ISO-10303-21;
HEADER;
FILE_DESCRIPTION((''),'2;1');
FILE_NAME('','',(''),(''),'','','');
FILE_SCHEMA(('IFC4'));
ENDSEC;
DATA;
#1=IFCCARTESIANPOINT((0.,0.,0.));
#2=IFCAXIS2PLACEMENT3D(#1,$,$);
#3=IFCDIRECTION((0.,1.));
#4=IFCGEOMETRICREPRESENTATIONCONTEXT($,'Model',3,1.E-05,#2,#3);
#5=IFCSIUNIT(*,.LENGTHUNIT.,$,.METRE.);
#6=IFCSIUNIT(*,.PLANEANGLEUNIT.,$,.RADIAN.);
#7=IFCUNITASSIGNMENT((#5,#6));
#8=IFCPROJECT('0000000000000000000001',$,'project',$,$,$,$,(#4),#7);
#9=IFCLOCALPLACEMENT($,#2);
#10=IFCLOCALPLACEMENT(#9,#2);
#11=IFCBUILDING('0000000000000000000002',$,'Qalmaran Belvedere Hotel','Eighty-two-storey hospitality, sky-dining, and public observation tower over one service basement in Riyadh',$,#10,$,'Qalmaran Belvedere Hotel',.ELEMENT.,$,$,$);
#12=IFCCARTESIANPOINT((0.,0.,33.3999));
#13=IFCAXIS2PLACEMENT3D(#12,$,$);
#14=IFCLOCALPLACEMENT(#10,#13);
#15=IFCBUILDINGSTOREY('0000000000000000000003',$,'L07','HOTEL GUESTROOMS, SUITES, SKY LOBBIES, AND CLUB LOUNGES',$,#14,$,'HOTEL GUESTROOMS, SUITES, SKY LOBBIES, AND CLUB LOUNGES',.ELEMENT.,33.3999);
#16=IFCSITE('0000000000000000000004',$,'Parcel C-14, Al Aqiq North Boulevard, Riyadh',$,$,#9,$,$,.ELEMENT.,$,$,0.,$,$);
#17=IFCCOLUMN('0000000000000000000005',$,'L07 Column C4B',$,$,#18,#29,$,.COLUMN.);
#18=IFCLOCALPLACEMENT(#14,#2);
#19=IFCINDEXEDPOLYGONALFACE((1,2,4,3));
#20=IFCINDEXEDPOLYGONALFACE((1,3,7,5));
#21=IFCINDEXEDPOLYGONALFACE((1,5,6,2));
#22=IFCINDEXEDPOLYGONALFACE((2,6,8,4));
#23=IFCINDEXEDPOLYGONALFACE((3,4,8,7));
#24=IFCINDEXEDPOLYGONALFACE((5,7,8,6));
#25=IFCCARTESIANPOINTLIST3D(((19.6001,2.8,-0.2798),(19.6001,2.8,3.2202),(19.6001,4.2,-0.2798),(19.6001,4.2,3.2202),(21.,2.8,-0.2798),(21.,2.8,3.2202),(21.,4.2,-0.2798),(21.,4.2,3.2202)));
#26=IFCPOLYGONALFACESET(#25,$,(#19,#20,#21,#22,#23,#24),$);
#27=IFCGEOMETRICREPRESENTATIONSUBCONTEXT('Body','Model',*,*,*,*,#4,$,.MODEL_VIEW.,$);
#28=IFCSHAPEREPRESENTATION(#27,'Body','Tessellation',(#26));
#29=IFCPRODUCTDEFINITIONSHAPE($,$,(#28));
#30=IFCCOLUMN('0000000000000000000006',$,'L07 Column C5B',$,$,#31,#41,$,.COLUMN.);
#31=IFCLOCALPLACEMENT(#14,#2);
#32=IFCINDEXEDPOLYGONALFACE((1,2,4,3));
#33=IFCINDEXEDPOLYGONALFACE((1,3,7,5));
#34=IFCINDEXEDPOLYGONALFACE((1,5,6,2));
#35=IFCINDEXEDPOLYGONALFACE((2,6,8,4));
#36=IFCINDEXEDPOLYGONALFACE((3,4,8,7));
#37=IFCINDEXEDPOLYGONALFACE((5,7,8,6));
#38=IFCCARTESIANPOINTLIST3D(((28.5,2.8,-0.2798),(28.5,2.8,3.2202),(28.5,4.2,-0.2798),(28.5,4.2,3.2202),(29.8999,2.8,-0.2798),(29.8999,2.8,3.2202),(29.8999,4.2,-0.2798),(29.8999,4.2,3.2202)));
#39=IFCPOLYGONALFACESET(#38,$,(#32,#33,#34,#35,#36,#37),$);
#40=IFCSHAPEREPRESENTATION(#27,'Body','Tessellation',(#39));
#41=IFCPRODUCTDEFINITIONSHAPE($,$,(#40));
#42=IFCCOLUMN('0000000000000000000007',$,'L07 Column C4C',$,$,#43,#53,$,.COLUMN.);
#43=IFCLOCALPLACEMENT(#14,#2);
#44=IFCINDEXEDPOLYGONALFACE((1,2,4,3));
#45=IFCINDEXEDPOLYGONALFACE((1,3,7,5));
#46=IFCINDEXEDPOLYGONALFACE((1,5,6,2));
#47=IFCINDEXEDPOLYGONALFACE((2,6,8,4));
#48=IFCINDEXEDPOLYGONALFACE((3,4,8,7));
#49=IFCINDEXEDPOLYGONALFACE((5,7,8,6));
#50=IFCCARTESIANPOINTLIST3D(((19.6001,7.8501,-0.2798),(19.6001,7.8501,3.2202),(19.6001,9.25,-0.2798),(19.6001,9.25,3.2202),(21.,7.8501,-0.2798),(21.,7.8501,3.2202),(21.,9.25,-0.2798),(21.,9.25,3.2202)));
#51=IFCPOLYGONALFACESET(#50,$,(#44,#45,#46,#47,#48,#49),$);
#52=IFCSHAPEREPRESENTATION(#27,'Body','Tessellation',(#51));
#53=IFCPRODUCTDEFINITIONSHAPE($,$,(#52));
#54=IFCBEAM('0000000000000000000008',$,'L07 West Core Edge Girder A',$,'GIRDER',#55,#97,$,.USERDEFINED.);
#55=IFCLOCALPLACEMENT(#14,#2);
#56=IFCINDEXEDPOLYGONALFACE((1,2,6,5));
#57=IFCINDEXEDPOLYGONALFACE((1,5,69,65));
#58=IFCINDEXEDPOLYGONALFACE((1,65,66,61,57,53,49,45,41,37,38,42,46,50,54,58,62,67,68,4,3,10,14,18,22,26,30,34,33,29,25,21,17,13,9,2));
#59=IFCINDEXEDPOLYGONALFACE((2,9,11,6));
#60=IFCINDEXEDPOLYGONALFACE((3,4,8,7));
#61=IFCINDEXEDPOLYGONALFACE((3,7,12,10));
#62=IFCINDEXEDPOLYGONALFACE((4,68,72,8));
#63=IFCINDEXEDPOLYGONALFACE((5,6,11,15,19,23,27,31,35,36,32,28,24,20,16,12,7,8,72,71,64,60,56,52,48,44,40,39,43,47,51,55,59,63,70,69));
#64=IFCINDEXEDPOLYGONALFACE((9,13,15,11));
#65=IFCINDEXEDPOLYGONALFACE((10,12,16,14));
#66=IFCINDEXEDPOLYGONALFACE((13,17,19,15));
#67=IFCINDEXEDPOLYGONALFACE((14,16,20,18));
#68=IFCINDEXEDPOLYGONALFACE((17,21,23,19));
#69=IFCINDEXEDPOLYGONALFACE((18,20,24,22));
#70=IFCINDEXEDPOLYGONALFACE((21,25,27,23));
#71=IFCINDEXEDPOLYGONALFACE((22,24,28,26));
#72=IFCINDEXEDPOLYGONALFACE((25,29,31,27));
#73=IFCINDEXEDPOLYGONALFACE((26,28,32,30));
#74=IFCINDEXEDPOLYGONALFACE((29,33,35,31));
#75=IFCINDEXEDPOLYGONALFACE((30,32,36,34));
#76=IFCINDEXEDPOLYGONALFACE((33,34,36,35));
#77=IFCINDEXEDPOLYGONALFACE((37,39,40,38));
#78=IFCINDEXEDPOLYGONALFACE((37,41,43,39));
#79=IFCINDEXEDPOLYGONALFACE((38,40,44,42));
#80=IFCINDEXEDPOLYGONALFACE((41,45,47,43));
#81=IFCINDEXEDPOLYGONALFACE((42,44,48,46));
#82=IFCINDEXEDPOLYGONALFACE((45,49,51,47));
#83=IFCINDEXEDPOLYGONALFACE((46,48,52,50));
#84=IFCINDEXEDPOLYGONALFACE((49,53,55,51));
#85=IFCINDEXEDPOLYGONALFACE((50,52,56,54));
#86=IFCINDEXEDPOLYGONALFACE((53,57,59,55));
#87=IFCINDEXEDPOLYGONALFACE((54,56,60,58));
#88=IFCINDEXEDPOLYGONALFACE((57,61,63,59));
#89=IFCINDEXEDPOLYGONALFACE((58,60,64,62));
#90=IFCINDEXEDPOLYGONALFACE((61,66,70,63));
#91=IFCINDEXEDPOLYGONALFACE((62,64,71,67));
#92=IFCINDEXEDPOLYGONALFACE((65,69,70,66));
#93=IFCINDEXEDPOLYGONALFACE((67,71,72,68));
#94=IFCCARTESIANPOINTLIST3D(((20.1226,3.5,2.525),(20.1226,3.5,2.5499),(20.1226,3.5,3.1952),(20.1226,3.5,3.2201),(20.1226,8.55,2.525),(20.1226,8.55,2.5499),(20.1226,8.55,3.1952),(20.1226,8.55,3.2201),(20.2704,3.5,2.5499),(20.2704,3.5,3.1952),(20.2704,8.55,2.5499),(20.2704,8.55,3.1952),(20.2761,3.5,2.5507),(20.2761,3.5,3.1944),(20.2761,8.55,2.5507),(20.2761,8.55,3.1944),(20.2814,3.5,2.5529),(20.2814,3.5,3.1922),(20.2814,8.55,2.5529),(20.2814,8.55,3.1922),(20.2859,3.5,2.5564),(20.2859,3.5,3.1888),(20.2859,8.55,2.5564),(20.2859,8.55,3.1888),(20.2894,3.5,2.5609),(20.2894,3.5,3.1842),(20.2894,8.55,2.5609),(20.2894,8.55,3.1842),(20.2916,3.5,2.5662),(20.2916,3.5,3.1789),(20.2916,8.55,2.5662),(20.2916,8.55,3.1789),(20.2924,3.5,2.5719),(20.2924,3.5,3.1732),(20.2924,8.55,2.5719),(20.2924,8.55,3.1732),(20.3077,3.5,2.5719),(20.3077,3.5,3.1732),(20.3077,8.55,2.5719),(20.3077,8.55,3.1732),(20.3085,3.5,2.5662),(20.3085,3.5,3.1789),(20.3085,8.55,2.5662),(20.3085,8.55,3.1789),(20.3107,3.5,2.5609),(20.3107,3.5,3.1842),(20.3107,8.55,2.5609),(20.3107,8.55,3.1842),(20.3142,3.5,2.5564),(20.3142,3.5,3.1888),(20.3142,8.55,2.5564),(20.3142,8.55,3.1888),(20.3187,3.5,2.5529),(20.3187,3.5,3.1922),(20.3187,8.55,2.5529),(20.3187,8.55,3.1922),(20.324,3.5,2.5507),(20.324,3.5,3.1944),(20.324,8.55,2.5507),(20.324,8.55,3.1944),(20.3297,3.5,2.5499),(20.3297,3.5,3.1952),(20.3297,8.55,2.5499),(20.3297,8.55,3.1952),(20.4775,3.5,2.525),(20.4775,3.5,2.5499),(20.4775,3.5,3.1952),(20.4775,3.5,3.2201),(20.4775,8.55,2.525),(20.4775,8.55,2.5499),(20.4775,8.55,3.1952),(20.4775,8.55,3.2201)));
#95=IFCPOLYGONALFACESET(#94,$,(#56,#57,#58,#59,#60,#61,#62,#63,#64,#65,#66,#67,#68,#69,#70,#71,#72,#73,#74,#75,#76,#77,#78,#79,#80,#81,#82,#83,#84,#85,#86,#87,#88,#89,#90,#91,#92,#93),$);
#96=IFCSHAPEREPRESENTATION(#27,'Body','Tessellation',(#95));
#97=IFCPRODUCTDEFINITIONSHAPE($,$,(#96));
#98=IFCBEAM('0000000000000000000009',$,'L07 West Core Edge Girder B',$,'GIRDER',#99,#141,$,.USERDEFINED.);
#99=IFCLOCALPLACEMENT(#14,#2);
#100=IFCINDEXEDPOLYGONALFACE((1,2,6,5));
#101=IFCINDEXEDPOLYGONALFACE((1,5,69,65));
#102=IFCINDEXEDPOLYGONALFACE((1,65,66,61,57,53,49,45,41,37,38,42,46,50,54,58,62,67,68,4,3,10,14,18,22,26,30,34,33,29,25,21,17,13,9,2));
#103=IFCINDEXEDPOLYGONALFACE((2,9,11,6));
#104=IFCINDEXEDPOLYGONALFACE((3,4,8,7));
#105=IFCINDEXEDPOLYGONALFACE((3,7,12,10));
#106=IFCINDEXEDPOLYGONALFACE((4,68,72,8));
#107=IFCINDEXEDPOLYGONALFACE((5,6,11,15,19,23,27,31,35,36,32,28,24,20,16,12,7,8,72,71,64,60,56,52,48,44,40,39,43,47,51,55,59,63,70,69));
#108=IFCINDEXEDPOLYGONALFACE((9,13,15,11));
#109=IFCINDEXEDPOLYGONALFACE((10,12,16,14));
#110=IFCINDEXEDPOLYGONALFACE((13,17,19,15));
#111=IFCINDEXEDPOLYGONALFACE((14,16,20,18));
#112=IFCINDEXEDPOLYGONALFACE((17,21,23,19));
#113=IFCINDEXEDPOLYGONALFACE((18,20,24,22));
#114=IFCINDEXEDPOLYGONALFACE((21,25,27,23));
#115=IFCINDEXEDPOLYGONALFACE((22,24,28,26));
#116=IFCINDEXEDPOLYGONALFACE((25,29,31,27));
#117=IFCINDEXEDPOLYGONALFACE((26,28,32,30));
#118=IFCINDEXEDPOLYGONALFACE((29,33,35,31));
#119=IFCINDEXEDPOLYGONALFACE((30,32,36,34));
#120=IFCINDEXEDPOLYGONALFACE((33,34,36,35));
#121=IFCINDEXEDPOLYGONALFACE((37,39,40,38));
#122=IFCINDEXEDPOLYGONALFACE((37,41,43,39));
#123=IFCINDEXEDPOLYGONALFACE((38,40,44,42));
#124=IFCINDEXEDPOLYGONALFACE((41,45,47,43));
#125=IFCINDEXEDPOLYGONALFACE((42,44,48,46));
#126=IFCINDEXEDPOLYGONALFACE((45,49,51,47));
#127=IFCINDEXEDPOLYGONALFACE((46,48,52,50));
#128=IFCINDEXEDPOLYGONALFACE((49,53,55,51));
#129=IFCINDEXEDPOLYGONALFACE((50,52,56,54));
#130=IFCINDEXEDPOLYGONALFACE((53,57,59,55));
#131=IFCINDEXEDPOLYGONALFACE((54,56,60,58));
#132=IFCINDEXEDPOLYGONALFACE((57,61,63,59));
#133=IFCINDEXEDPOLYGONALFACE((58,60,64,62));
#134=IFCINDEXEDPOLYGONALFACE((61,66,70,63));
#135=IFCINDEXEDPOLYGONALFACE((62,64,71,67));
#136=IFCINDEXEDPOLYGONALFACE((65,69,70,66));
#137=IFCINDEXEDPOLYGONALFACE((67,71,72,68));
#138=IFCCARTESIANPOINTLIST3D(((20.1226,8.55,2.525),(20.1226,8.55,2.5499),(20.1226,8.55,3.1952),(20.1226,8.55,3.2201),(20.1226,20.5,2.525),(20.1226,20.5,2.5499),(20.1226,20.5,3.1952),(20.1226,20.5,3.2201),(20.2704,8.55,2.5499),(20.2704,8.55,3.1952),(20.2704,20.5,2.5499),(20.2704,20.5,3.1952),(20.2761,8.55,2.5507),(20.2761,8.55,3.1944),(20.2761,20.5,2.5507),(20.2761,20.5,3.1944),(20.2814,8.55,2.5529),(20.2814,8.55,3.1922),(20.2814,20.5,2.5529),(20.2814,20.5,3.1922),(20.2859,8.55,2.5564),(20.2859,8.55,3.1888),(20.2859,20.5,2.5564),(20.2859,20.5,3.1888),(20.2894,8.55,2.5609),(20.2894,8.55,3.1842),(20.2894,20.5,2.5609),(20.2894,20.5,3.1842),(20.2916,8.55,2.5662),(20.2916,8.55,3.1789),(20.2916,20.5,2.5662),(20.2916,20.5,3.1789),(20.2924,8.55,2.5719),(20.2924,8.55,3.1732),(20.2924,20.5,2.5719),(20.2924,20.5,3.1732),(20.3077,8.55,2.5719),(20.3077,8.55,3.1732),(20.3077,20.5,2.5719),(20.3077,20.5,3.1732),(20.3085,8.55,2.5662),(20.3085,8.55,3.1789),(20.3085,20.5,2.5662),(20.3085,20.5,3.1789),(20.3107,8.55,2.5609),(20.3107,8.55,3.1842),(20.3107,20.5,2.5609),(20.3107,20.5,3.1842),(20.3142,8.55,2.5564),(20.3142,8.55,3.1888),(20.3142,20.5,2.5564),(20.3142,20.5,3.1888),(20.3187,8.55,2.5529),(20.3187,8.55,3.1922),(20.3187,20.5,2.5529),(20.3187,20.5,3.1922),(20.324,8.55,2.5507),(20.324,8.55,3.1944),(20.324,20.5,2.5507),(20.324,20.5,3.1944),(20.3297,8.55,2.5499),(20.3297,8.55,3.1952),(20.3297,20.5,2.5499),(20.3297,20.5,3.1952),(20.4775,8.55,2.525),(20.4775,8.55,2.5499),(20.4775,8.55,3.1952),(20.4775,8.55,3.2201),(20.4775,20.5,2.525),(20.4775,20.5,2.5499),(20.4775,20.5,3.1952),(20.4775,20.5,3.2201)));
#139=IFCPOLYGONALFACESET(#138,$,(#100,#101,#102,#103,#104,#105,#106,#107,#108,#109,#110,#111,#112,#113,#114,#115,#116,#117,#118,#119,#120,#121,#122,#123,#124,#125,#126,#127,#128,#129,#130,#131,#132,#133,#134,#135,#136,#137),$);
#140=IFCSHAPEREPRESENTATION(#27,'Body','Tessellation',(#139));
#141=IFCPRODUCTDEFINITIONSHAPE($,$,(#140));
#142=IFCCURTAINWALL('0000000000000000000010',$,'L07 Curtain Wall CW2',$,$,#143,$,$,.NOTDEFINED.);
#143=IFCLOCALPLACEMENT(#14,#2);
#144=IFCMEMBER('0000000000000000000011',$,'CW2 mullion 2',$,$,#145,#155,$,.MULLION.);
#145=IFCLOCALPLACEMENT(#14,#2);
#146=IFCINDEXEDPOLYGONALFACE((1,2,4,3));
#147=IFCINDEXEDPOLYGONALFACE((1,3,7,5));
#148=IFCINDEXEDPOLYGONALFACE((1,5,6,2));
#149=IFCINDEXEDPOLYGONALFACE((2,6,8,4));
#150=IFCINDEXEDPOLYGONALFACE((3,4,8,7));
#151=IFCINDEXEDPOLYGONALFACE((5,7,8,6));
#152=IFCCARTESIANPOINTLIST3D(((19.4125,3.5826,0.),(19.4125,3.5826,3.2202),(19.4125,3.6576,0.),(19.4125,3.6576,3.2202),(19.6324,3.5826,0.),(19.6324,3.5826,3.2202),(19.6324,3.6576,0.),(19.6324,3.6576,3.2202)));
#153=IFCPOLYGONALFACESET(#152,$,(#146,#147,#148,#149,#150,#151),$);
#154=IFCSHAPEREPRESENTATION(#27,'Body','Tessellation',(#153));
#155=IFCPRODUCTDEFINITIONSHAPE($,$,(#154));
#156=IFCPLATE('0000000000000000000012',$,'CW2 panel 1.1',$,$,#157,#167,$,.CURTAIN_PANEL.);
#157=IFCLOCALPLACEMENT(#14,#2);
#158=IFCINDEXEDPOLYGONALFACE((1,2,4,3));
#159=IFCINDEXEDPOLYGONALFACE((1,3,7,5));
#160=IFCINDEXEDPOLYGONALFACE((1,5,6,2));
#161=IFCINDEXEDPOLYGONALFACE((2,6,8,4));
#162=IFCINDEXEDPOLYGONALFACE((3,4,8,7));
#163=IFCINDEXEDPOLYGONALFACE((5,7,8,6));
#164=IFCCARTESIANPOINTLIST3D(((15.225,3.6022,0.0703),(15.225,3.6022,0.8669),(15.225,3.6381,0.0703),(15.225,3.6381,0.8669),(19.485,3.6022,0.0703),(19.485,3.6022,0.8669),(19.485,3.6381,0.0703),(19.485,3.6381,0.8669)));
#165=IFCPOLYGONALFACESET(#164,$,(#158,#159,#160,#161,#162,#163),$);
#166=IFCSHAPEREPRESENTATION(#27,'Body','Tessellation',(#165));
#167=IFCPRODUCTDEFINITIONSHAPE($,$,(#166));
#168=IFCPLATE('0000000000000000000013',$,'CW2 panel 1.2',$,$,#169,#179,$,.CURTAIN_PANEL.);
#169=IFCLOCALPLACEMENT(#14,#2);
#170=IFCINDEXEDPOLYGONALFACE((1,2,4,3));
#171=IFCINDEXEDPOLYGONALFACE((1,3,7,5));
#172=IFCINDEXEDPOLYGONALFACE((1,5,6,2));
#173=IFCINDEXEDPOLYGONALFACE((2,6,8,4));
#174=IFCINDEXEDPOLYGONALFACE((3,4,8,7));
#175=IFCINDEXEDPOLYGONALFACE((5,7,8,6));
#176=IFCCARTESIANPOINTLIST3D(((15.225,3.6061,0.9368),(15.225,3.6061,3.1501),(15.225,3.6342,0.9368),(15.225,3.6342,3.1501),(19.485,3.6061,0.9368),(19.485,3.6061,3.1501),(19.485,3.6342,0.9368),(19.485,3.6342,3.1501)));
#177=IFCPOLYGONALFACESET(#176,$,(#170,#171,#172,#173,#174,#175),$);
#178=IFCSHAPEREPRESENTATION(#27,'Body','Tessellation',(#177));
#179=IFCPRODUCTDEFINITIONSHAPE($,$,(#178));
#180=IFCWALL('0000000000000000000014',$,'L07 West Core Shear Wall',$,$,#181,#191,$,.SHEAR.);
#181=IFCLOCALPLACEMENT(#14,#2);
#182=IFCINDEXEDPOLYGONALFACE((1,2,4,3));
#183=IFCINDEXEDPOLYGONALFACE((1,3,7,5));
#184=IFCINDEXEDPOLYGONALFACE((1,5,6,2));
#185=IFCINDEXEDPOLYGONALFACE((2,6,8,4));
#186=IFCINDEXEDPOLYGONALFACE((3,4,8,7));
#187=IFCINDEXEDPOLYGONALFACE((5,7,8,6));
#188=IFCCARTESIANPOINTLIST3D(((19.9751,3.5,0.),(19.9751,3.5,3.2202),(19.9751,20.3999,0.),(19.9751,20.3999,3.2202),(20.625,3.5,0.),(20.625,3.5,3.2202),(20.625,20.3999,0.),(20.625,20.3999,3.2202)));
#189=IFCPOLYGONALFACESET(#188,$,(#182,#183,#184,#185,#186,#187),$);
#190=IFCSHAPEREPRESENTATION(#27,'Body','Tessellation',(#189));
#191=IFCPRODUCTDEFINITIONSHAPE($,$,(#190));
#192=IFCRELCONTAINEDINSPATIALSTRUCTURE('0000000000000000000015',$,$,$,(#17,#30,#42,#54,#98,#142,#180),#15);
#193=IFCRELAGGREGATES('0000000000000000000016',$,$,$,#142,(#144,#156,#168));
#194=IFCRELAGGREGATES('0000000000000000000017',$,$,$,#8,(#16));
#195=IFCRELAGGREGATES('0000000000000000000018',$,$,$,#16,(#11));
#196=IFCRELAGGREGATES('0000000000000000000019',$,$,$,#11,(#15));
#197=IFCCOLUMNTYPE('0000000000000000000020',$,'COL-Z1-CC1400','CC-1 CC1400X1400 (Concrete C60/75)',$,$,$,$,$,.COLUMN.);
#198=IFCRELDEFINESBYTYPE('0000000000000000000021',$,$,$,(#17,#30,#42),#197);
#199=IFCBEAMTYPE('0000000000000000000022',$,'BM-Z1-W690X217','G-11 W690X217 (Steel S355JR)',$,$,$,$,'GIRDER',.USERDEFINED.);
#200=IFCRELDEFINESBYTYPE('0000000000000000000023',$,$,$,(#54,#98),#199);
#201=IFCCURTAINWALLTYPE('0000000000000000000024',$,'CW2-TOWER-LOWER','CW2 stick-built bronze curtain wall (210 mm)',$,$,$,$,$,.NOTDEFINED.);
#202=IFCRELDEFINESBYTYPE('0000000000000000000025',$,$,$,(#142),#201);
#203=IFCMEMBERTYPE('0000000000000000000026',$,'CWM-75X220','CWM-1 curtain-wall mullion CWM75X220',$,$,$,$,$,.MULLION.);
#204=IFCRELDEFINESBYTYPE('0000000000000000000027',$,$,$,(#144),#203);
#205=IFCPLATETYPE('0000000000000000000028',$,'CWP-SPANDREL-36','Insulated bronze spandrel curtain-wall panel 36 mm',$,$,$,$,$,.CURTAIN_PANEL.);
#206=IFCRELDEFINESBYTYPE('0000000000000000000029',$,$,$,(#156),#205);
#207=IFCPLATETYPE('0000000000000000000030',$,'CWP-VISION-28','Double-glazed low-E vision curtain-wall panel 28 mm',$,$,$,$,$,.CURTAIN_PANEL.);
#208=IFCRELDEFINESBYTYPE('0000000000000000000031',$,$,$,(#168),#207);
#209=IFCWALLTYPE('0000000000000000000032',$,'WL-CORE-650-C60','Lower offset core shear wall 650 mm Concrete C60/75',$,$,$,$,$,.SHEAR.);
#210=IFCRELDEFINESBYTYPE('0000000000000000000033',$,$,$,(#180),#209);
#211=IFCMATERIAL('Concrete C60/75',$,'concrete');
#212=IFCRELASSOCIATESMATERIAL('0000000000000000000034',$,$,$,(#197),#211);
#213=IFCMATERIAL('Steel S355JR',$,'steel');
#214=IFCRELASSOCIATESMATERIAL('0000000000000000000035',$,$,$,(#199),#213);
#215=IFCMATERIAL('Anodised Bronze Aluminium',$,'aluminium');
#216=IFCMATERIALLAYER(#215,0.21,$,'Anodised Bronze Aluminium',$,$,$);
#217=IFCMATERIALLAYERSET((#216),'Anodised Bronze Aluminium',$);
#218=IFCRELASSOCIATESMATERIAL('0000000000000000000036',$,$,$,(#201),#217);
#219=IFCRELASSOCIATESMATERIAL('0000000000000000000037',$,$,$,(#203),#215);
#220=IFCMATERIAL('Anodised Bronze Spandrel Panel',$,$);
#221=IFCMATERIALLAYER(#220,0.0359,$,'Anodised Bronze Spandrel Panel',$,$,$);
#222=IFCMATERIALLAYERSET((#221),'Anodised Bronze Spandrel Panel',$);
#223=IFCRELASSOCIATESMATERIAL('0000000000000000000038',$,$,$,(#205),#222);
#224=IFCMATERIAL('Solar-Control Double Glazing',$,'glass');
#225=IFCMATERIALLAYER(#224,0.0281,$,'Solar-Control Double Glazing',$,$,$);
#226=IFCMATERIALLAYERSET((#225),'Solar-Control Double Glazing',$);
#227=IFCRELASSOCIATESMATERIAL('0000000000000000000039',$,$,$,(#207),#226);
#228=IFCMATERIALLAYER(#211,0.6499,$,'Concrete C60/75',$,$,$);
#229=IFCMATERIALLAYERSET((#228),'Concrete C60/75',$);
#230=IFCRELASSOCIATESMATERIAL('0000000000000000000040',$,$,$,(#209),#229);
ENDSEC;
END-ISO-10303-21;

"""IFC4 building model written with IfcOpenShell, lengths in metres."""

from ifc_helpers import new_model, si_unit, direction, frame, frame_2d, origin, origin_2d, place, context, subcontext, project, spatial, rectangle, i_section, extrude, material, layer, layer_set, material_profile, profile_set, type_object, element, aggregate, save


model = new_model("IFC4")

# Units and contexts
model_context = context("Model", 3, precision=1e-05, world=origin(), true_north=direction((0.0, 1.0)))
body_context = subcontext(model_context, "Body", "Model", "MODEL_VIEW")
ifc_project = project(units=[si_unit("LENGTHUNIT", "METRE"), si_unit("PLANEANGLEUNIT", "RADIAN")], contexts=[model_context])

# Site, building, storey
site_placement = place(None, origin())
site = spatial("IfcSite", under=ifc_project, at=site_placement, Name="Parcel C-14, Al Aqiq North Boulevard, Riyadh", CompositionType="ELEMENT", RefElevation=0.0)
building_placement = place(site_placement, origin())
building = spatial("IfcBuilding", under=site, at=building_placement, Name="Qalmaran Belvedere Hotel", Description="Eighty-two-storey hospitality, sky-dining, and public observation tower over one service basement in Riyadh", LongName="Qalmaran Belvedere Hotel", CompositionType="ELEMENT")
storey_placement = place(building_placement, frame((0.0, 0.0, 33.3999)))
storey = spatial("IfcBuildingStorey", under=building, at=storey_placement, Name="L07", Description="HOTEL GUESTROOMS, SUITES, SKY LOBBIES, AND CLUB LOUNGES", LongName="HOTEL GUESTROOMS, SUITES, SKY LOBBIES, AND CLUB LOUNGES", CompositionType="ELEMENT", Elevation=33.3999)

# Columns
ifc_material_1 = material(Name="Concrete C60/75", Category="concrete")
ifc_material_profile_1 = material_profile(ifc_material_1, rectangle(XDim=1.3999, YDim=1.3999, at=origin_2d()), Name="CC1400X1400")
ifc_profile_set_1 = profile_set([ifc_material_profile_1], Name="Concrete C60/75")
column_type = type_object("IfcColumnType", Name="COL-Z1-CC1400", Description="CC-1 CC1400X1400 (Concrete C60/75)", PredefinedType="COLUMN", material=ifc_profile_set_1)
for number, where, z_axis, x_axis, name in (
    (1, (20.3, 3.5, -0.2798), (0.0, 0.0, 1.0), (1.0, 0.0, 0.0), "L07 Column C4B"),
    (2, (29.2, 3.5, -0.2798), (0.0, 0.0, 1.0), (1.0, 0.0, 0.0), "L07 Column C5B"),
    (3, (20.3, 8.55, -0.2798), (0.0, 0.0, 1.0), (1.0, 0.0, 0.0), "L07 Column C4C"),
):
    element("IfcColumn", number, at=place(storey_placement, frame(where, z_axis=z_axis, x_axis=x_axis)), inside=storey, type_object=column_type, Name=name, PredefinedType="COLUMN", context=body_context, shape_type="SweptSolid", body=[
        extrude(rectangle(XDim=1.3999, YDim=1.3999, at=origin_2d()), origin(), (0.0, 0.0, 1.0), 3.5),
    ])

# Beams
ifc_material_2 = material(Name="Steel S355JR", Category="steel")
ifc_material_profile_2 = material_profile(ifc_material_2, i_section(OverallWidth=0.355, OverallDepth=0.6951, WebThickness=0.0154, FlangeThickness=0.0249, FilletRadius=0.022, at=origin_2d()), Name="W690X217")
ifc_profile_set_2 = profile_set([ifc_material_profile_2], Name="Steel S355JR")
beam_type = type_object("IfcBeamType", Name="BM-Z1-W690X217", Description="G-11 W690X217 (Steel S355JR)", ElementType="GIRDER", PredefinedType="USERDEFINED", material=ifc_profile_set_2)
beam_1_placement = place(storey_placement, frame((20.3, 3.5, 2.8726), z_axis=(0.0, 1.0, 0.0), x_axis=(-1.0, 0.0, 0.0)))
element("IfcBeam", 4, at=beam_1_placement, inside=storey, type_object=beam_type, Name="L07 West Core Edge Girder A", ObjectType="GIRDER", PredefinedType="USERDEFINED", context=body_context, shape_type="SweptSolid", body=[
    extrude(i_section(OverallWidth=0.355, OverallDepth=0.6951, WebThickness=0.0154, FlangeThickness=0.0249, FilletRadius=0.022, at=origin_2d()), origin(), (0.0, 0.0, 1.0), 5.05),
])
beam_2_placement = place(storey_placement, frame((20.3, 8.55, 2.8726), z_axis=(0.0, 1.0, 0.0), x_axis=(-1.0, 0.0, 0.0)))
element("IfcBeam", 5, at=beam_2_placement, inside=storey, type_object=beam_type, Name="L07 West Core Edge Girder B", ObjectType="GIRDER", PredefinedType="USERDEFINED", context=body_context, shape_type="SweptSolid", body=[
    extrude(i_section(OverallWidth=0.355, OverallDepth=0.6951, WebThickness=0.0154, FlangeThickness=0.0249, FilletRadius=0.022, at=origin_2d()), origin(), (0.0, 0.0, 1.0), 11.95),
])

# Curtain wall, member, plates
ifc_material_3 = material(Name="Anodised Bronze Aluminium", Category="aluminium")
ifc_layer_1 = layer(ifc_material_3, 0.21, Name="Anodised Bronze Aluminium")
ifc_layer_set_1 = layer_set([ifc_layer_1], Name="Anodised Bronze Aluminium")
curtain_wall_type = type_object("IfcCurtainWallType", Name="CW2-TOWER-LOWER", Description="CW2 stick-built bronze curtain wall (210 mm)", PredefinedType="NOTDEFINED", material=ifc_layer_set_1)
curtain_wall_placement = place(storey_placement, origin())
curtain_wall = element("IfcCurtainWall", 6, at=curtain_wall_placement, inside=storey, type_object=curtain_wall_type, Name="L07 Curtain Wall CW2", PredefinedType="NOTDEFINED")
ifc_material_profile_3 = material_profile(ifc_material_3, rectangle(XDim=0.075, YDim=0.22, at=origin_2d()), Name="CWM75X220")
ifc_profile_set_3 = profile_set([ifc_material_profile_3], Name="Anodised Bronze Aluminium")
member_type = type_object("IfcMemberType", Name="CWM-75X220", Description="CWM-1 curtain-wall mullion CWM75X220", PredefinedType="MULLION", material=ifc_profile_set_3)
member_placement = place(storey_placement, frame((19.5225, 3.6201, 0.0), z_axis=(0.0, 0.0, 1.0), x_axis=(0.0, 1.0, 0.0)))
member = element("IfcMember", 7, at=member_placement, type_object=member_type, Name="CW2 mullion 2", PredefinedType="MULLION", context=body_context, shape_type="SweptSolid", body=[
    extrude(rectangle(XDim=0.075, YDim=0.22, at=origin_2d()), origin(), (0.0, 0.0, 1.0), 3.2202),
])
ifc_material_4 = material(Name="Anodised Bronze Spandrel Panel")
ifc_layer_2 = layer(ifc_material_4, 0.0359, Name="Anodised Bronze Spandrel Panel")
ifc_layer_set_2 = layer_set([ifc_layer_2], Name="Anodised Bronze Spandrel Panel")
plate_type_1 = type_object("IfcPlateType", Name="CWP-SPANDREL-36", Description="Insulated bronze spandrel curtain-wall panel 36 mm", PredefinedType="CURTAIN_PANEL", material=ifc_layer_set_2)
plate_1_placement = place(storey_placement, frame((17.355, 3.6201, 0.0703), z_axis=(0.0, 0.0, 1.0), x_axis=(1.0, 0.0, 0.0)))
plate_1 = element("IfcPlate", 8, at=plate_1_placement, type_object=plate_type_1, Name="CW2 panel 1.1", PredefinedType="CURTAIN_PANEL", context=body_context, shape_type="SweptSolid", body=[
    extrude(rectangle(XDim=4.26, YDim=0.0359, at=origin_2d()), origin(), (0.0, 0.0, 1.0), 0.7966),
])
ifc_material_5 = material(Name="Solar-Control Double Glazing", Category="glass")
ifc_layer_3 = layer(ifc_material_5, 0.0281, Name="Solar-Control Double Glazing")
ifc_layer_set_3 = layer_set([ifc_layer_3], Name="Solar-Control Double Glazing")
plate_type_2 = type_object("IfcPlateType", Name="CWP-VISION-28", Description="Double-glazed low-E vision curtain-wall panel 28 mm", PredefinedType="CURTAIN_PANEL", material=ifc_layer_set_3)
plate_2_placement = place(storey_placement, frame((17.355, 3.6201, 0.9368), z_axis=(0.0, 0.0, 1.0), x_axis=(1.0, 0.0, 0.0)))
plate_2 = element("IfcPlate", 9, at=plate_2_placement, type_object=plate_type_2, Name="CW2 panel 1.2", PredefinedType="CURTAIN_PANEL", context=body_context, shape_type="SweptSolid", body=[
    extrude(rectangle(XDim=4.26, YDim=0.0281, at=origin_2d()), origin(), (0.0, 0.0, 1.0), 2.2134),
])
aggregate(curtain_wall, [member, plate_1, plate_2])

# Wall
ifc_layer_4 = layer(ifc_material_1, 0.6499, Name="Concrete C60/75")
ifc_layer_set_4 = layer_set([ifc_layer_4], Name="Concrete C60/75")
wall_type_1 = type_object("IfcWallType", Name="WL-CORE-650-C60", Description="Lower offset core shear wall 650 mm Concrete C60/75", PredefinedType="SHEAR", material=ifc_layer_set_4)
wall_1_placement = place(storey_placement, frame((20.3, 3.5, 0.0), z_axis=(0.0, 0.0, 1.0), x_axis=(0.0, 1.0, 0.0)))
element("IfcWall", 10, at=wall_1_placement, inside=storey, type_object=wall_type_1, Name="L07 West Core Shear Wall", PredefinedType="SHEAR", context=body_context, shape_type="SweptSolid", body=[
    extrude(rectangle(XDim=16.8999, YDim=0.6499, at=frame_2d((8.45, 0.0))), origin(), (0.0, 0.0, 1.0), 3.2202),
])

save(model, "model.ifc")
